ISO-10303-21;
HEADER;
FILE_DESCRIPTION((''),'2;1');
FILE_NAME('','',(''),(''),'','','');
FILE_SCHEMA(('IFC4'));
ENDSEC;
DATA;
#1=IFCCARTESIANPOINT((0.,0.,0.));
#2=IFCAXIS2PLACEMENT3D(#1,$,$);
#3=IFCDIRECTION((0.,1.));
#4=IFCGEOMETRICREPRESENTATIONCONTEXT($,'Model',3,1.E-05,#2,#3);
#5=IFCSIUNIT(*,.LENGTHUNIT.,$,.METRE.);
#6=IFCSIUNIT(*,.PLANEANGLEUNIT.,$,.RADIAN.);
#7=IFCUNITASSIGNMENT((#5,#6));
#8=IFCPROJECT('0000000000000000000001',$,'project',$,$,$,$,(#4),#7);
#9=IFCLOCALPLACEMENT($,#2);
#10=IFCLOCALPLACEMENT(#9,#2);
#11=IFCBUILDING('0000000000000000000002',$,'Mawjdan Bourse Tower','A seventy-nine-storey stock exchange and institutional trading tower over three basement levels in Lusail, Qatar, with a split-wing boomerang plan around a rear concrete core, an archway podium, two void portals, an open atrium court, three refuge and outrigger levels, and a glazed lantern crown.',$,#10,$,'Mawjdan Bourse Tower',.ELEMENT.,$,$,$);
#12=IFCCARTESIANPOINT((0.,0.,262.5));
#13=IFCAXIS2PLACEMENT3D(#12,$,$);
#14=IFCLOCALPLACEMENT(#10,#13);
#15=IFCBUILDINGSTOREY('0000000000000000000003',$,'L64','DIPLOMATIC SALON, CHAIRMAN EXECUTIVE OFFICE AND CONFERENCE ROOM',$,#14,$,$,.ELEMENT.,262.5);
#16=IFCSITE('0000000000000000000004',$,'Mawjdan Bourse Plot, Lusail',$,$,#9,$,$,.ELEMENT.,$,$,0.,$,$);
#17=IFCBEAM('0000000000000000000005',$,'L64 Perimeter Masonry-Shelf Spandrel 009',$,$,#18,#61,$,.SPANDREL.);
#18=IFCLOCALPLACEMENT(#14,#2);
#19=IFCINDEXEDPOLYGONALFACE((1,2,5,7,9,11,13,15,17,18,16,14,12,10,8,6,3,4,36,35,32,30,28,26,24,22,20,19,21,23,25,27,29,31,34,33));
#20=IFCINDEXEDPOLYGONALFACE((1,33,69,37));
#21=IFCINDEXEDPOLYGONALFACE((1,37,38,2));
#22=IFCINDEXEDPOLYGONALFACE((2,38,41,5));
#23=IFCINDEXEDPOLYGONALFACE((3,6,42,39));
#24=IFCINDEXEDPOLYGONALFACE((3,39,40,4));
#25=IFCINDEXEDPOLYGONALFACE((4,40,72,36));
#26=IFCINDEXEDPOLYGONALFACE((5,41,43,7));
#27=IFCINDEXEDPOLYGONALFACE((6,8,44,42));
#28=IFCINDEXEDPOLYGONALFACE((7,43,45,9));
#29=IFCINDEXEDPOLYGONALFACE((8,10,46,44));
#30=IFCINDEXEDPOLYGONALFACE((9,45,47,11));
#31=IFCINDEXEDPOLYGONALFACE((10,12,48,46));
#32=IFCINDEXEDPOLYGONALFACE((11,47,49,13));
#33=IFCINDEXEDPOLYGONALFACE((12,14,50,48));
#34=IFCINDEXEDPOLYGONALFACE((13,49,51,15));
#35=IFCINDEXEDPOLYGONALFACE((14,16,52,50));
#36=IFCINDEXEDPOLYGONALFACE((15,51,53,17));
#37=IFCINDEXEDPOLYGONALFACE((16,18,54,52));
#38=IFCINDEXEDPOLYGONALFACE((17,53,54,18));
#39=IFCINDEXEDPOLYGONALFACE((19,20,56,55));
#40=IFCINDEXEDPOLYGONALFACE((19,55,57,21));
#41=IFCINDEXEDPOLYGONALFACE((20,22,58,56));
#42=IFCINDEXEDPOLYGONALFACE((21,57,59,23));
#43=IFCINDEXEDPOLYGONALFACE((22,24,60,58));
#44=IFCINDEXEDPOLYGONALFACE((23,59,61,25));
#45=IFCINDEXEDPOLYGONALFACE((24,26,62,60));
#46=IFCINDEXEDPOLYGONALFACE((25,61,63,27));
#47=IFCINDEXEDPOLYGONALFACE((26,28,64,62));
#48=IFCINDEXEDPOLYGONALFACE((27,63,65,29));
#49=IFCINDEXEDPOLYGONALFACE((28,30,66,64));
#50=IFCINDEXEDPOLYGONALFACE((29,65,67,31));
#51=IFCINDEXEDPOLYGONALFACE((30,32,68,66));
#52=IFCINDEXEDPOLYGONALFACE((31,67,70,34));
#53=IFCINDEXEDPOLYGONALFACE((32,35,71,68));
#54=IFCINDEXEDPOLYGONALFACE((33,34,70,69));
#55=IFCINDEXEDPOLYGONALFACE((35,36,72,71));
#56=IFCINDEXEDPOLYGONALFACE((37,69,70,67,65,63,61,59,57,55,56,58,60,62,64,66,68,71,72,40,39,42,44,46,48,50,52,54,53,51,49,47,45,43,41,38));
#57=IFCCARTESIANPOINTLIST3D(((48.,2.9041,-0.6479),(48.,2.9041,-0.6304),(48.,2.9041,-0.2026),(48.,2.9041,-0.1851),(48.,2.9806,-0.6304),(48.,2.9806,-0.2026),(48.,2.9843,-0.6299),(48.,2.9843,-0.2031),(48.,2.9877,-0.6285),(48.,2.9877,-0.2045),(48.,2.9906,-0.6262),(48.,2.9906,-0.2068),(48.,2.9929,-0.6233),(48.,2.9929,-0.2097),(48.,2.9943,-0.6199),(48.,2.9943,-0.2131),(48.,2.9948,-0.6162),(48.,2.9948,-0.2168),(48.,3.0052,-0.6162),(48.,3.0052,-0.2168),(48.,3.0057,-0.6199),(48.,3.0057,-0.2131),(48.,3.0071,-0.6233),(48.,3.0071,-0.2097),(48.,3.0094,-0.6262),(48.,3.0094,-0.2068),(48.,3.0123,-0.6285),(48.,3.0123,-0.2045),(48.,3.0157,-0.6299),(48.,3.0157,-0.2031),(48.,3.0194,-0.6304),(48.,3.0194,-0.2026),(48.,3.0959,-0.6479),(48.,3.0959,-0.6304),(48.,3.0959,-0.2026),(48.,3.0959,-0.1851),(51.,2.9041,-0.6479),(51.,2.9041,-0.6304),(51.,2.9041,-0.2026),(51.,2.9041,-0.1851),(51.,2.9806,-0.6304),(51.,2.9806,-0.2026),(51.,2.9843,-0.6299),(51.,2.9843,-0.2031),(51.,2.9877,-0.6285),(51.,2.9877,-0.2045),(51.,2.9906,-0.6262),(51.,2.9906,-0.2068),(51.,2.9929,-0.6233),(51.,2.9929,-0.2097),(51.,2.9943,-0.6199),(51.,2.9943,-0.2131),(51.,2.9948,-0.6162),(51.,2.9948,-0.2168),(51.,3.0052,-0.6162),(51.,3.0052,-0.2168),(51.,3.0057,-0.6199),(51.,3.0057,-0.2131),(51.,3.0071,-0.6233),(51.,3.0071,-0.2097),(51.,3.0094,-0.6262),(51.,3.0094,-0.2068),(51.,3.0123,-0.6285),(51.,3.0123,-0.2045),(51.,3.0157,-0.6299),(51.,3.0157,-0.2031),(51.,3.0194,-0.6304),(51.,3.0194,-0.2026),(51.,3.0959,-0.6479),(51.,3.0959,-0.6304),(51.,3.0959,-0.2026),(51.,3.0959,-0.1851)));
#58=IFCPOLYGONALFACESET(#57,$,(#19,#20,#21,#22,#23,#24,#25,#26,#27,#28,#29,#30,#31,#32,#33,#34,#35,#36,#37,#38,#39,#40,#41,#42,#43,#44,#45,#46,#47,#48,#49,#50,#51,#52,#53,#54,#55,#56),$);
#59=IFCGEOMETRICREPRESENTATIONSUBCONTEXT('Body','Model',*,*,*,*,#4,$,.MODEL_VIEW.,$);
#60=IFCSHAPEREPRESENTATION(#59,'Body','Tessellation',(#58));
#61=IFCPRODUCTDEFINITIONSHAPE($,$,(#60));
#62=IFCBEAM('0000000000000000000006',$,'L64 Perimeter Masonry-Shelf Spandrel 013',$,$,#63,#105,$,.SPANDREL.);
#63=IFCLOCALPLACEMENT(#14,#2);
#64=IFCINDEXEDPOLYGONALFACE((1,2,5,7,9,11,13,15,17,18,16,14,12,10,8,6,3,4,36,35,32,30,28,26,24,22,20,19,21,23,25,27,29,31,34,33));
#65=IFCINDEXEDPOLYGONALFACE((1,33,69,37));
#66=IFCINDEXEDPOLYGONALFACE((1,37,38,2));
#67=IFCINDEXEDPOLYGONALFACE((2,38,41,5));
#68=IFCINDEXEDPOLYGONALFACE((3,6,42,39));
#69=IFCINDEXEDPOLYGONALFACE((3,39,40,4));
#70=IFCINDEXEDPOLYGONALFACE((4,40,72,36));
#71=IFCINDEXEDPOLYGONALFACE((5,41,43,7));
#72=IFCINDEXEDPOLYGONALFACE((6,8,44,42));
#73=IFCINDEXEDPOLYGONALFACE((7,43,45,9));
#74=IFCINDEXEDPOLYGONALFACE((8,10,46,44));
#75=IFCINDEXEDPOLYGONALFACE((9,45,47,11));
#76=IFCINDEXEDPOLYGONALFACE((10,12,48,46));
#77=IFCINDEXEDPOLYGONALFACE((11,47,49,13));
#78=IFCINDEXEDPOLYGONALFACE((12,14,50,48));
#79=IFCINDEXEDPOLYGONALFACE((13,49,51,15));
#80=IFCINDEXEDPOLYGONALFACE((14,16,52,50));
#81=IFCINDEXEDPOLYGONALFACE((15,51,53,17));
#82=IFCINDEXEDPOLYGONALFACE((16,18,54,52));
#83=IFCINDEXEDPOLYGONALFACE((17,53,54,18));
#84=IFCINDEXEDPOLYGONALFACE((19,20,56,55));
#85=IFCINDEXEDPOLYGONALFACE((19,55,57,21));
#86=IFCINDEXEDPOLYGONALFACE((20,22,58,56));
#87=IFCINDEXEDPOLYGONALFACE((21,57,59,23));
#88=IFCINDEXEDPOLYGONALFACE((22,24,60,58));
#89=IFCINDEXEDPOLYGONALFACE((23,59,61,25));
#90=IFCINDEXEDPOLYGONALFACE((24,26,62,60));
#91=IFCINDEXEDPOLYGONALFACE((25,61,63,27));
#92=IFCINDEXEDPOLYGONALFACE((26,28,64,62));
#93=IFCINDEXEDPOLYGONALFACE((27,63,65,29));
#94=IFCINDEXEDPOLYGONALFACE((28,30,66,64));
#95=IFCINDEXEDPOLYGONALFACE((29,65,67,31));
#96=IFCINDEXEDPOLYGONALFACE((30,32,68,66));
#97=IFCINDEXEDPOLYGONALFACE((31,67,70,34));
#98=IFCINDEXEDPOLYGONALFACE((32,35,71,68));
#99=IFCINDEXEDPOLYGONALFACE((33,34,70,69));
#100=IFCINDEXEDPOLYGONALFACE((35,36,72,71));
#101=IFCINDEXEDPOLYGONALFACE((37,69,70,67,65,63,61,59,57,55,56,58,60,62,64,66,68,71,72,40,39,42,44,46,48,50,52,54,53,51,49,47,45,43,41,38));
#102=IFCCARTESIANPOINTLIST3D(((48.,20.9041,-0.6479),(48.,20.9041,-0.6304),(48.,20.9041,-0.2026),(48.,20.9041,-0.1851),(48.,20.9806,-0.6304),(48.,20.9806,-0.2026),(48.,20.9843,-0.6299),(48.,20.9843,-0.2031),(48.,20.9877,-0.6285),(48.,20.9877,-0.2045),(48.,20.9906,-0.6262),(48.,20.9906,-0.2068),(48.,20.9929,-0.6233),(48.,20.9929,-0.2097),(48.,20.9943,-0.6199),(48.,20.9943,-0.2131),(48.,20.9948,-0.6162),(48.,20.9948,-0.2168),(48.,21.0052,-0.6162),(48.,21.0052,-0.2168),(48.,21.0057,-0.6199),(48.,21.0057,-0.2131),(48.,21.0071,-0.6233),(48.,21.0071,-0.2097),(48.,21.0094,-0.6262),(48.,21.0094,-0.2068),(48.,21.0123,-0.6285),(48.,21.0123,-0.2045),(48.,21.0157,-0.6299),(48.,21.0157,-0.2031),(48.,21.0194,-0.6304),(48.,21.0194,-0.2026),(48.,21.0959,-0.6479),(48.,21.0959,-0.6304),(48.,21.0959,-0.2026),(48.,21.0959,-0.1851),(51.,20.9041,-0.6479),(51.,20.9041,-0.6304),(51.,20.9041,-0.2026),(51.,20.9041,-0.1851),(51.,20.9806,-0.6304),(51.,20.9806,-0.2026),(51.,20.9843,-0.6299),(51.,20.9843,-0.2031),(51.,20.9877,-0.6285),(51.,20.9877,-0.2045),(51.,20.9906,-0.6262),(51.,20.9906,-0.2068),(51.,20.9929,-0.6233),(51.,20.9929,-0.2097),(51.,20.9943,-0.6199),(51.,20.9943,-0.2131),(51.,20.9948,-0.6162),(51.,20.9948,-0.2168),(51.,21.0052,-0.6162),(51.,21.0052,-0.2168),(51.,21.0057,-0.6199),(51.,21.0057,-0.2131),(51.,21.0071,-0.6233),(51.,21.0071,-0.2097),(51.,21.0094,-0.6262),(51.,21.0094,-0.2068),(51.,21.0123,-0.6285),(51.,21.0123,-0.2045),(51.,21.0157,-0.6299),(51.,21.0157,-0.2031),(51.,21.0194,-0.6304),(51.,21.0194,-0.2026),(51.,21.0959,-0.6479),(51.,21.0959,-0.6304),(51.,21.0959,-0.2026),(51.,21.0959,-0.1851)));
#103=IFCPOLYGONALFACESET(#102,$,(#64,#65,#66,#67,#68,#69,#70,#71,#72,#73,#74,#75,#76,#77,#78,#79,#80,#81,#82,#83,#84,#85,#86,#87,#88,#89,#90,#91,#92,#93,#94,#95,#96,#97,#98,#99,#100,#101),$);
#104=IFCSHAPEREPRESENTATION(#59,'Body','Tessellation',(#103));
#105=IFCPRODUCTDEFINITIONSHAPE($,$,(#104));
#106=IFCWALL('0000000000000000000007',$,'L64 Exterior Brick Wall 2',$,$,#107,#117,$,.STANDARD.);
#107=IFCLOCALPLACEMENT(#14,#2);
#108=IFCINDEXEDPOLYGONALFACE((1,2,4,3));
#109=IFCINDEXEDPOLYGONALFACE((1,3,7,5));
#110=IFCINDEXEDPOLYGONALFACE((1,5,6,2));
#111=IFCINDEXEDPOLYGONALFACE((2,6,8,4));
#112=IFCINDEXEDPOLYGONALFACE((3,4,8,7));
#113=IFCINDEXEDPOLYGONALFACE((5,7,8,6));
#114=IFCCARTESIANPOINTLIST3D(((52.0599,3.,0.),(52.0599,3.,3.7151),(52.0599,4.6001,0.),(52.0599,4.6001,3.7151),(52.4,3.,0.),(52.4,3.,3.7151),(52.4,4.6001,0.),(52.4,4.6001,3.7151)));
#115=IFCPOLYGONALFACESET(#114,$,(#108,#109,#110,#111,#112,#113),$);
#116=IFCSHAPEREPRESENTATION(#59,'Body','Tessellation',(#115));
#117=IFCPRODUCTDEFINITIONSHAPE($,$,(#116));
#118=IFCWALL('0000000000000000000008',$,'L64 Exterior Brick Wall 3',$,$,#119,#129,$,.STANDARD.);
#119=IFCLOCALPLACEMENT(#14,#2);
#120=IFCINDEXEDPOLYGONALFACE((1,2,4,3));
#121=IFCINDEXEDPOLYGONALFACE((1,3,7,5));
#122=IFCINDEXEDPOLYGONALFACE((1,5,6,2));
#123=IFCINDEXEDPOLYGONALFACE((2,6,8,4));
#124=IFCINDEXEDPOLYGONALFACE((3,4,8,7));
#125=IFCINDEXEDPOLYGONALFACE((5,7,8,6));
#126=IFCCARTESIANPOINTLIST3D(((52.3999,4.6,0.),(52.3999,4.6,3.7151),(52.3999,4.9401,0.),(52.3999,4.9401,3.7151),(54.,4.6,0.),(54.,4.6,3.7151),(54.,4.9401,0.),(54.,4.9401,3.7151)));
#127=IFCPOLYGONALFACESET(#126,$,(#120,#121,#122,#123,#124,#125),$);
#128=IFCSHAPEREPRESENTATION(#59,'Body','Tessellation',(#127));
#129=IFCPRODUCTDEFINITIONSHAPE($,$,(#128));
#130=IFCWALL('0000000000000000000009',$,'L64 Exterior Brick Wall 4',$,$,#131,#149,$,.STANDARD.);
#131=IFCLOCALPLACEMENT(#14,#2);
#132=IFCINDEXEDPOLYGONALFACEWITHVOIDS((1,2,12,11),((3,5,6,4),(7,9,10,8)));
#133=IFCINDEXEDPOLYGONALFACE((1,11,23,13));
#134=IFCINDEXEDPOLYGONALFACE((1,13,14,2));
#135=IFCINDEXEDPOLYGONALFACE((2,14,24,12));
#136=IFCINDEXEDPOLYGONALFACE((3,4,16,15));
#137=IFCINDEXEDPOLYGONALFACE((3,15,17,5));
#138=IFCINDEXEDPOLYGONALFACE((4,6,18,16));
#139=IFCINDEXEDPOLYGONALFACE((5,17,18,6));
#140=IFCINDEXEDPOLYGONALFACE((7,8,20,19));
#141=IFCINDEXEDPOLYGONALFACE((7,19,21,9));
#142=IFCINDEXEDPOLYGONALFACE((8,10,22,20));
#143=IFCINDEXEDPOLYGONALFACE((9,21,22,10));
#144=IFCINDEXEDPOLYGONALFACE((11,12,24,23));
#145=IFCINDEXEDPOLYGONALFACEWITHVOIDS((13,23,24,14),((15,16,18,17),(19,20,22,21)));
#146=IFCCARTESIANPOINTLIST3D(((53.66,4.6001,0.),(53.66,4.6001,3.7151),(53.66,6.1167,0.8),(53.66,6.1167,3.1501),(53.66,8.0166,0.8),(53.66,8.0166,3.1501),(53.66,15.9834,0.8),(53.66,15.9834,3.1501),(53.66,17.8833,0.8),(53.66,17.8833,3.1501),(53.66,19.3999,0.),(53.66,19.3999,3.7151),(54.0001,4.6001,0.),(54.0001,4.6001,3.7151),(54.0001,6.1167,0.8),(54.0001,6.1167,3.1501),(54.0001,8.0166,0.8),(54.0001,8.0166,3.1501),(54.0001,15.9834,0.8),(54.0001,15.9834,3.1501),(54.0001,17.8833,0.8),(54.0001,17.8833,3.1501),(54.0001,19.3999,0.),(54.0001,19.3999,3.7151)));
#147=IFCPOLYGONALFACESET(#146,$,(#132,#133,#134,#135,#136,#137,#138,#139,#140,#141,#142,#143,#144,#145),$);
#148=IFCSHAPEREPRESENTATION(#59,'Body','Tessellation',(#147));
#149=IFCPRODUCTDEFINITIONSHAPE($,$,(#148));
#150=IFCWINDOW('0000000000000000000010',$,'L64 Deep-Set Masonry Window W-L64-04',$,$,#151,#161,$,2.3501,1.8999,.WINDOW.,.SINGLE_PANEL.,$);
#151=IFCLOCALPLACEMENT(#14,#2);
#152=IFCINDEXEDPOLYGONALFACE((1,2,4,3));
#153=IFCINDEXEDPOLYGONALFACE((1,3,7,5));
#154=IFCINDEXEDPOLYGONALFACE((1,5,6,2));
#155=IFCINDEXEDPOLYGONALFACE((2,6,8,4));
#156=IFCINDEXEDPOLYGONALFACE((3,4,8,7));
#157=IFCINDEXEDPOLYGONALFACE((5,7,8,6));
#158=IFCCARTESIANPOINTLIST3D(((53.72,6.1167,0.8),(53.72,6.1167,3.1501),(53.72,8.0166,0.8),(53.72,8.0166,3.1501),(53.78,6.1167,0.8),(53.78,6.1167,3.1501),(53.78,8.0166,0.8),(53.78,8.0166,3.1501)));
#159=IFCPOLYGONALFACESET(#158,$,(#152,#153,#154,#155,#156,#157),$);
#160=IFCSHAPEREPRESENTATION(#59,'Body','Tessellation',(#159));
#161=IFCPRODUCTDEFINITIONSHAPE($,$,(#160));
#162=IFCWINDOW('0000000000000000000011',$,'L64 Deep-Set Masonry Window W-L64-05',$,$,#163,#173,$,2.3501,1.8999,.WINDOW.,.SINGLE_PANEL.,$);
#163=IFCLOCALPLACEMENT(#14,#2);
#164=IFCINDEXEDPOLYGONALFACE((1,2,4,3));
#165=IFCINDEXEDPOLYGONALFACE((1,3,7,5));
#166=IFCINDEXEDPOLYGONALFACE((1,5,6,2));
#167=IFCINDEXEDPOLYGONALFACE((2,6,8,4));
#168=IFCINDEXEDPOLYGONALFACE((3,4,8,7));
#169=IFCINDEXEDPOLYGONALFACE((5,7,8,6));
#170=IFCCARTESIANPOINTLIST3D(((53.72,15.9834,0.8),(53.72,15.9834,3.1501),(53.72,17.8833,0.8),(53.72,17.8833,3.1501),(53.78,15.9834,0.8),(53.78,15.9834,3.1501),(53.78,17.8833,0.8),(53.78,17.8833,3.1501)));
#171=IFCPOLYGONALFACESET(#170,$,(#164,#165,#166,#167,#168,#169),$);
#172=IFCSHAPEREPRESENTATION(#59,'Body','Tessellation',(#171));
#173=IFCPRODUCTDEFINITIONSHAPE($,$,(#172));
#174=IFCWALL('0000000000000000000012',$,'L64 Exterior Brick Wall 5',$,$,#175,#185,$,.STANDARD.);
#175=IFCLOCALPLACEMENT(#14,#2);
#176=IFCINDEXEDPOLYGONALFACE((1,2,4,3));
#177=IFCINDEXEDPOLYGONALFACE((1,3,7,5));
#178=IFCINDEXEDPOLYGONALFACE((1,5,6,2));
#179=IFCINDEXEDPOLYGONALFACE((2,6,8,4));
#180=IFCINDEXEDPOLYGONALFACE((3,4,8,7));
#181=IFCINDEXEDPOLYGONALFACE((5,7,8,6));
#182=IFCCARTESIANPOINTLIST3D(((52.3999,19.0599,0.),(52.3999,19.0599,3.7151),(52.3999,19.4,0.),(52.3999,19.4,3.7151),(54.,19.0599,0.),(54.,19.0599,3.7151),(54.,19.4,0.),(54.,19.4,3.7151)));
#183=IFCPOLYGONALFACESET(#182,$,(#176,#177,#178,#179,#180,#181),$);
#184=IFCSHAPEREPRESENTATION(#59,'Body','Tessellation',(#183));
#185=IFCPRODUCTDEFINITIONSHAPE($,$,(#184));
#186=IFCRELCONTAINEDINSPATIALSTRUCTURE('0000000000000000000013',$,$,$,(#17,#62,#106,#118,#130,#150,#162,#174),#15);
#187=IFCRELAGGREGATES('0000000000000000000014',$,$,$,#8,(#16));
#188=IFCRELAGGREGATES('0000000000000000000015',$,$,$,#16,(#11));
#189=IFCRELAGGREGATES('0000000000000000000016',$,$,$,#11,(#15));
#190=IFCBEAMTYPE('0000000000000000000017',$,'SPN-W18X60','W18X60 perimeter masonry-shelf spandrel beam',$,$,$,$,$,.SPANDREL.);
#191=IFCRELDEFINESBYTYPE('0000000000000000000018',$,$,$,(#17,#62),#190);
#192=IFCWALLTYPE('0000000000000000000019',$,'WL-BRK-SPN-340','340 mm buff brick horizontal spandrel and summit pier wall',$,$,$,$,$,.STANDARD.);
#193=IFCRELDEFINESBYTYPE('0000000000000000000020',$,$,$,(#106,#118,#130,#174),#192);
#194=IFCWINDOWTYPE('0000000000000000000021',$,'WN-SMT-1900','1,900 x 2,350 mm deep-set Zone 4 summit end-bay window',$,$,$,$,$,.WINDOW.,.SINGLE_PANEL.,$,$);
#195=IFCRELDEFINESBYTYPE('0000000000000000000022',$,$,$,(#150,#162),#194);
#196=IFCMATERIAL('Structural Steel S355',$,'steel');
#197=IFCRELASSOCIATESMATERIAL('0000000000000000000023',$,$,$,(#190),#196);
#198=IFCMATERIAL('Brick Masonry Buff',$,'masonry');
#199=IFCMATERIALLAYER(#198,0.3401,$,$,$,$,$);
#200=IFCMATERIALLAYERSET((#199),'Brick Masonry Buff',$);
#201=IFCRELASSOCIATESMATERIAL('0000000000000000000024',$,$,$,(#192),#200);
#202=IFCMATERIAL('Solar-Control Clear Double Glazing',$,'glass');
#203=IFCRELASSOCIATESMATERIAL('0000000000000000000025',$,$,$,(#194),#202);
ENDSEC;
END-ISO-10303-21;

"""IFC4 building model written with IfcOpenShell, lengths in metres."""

from ifc_helpers import new_model, si_unit, direction, frame, frame_2d, origin, origin_2d, place, context, subcontext, project, spatial, rectangle, i_section, extrude, material, layer, layer_set, material_profile, profile_set, type_object, element, fill, save


model = new_model("IFC4")

# Units and contexts
model_context = context("Model", 3, precision=1e-05, world=origin(), true_north=direction((0.0, 1.0)))
body_context = subcontext(model_context, "Body", "Model", "MODEL_VIEW")
ifc_project = project(units=[si_unit("LENGTHUNIT", "METRE"), si_unit("PLANEANGLEUNIT", "RADIAN")], contexts=[model_context])

# Site, building, storey
site_placement = place(None, origin())
site = spatial("IfcSite", under=ifc_project, at=site_placement, Name="Mawjdan Bourse Plot, Lusail", CompositionType="ELEMENT", RefElevation=0.0)
building_placement = place(site_placement, origin())
building = spatial("IfcBuilding", under=site, at=building_placement, Name="Mawjdan Bourse Tower", Description="A seventy-nine-storey stock exchange and institutional trading tower over three basement levels in Lusail, Qatar, with a split-wing boomerang plan around a rear concrete core, an archway podium, two void portals, an open atrium court, three refuge and outrigger levels, and a glazed lantern crown.", LongName="Mawjdan Bourse Tower", CompositionType="ELEMENT")
storey_placement = place(building_placement, frame((0.0, 0.0, 262.5)))
storey = spatial("IfcBuildingStorey", under=building, at=storey_placement, Name="L64", Description="DIPLOMATIC SALON, CHAIRMAN EXECUTIVE OFFICE AND CONFERENCE ROOM", CompositionType="ELEMENT", Elevation=262.5)

# Beams
ifc_material_1 = material(Name="Structural Steel S355", Category="steel")
ifc_material_profile_1 = material_profile(ifc_material_1, i_section(OverallWidth=0.1919, OverallDepth=0.4629, WebThickness=0.0105, FlangeThickness=0.0176, FilletRadius=0.0142, at=origin_2d()), Name="W18X60")
ifc_profile_set_1 = profile_set([ifc_material_profile_1], Name="Structural Steel S355")
beam_type_1 = type_object("IfcBeamType", Name="SPN-W18X60", Description="W18X60 perimeter masonry-shelf spandrel beam", PredefinedType="SPANDREL", material=ifc_profile_set_1)
for number, where, z_axis, x_axis, name in (
    (1, (48.0, 3.0, -0.4165), (1.0, 0.0, 0.0), (0.0, 1.0, 0.0), "L64 Perimeter Masonry-Shelf Spandrel 009"),
    (2, (48.0, 21.0, -0.4165), (1.0, 0.0, 0.0), (0.0, 1.0, 0.0), "L64 Perimeter Masonry-Shelf Spandrel 013"),
):
    element("IfcBeam", number, at=place(storey_placement, frame(where, z_axis=z_axis, x_axis=x_axis)), inside=storey, type_object=beam_type_1, Name=name, PredefinedType="SPANDREL", context=body_context, shape_type="SweptSolid", body=[
        extrude(i_section(OverallWidth=0.1919, OverallDepth=0.4629, WebThickness=0.0105, FlangeThickness=0.0176, FilletRadius=0.0142, at=origin_2d()), origin(), (0.0, 0.0, 1.0), 3.0),
    ])

# Walls
ifc_material_2 = material(Name="Brick Masonry Buff", Category="masonry")
ifc_layer = layer(ifc_material_2, 0.3401)
ifc_layer_set = layer_set([ifc_layer], Name="Brick Masonry Buff")
wall_type = type_object("IfcWallType", Name="WL-BRK-SPN-340", Description="340 mm buff brick horizontal spandrel and summit pier wall", PredefinedType="STANDARD", material=ifc_layer_set)
for number, where, z_axis, x_axis, name in (
    (3, (52.23, 3.0, 0.0), (0.0, 0.0, 1.0), (0.0, 1.0, 0.0), "L64 Exterior Brick Wall 2"),
    (4, (52.3999, 4.77, 0.0), (0.0, 0.0, 1.0), (1.0, 0.0, 0.0), "L64 Exterior Brick Wall 3"),
):
    element("IfcWall", number, at=place(storey_placement, frame(where, z_axis=z_axis, x_axis=x_axis)), inside=storey, type_object=wall_type, Name=name, PredefinedType="STANDARD", context=body_context, shape_type="SweptSolid", body=[
        extrude(rectangle(XDim=1.6001, YDim=0.3401, at=frame_2d((0.8, 0.0))), origin(), (0.0, 0.0, 1.0), 3.7151),
    ])

# Wall, openings, windows
wall_1_placement = place(storey_placement, frame((53.8301, 4.6001, 0.0), z_axis=(0.0, 0.0, 1.0), x_axis=(0.0, 1.0, 0.0)))
wall_1 = element("IfcWall", 5, at=wall_1_placement, inside=storey, type_object=wall_type, Name="L64 Exterior Brick Wall 4", PredefinedType="STANDARD", context=body_context, shape_type="SweptSolid", body=[
    extrude(rectangle(XDim=14.7998, YDim=0.3401, at=frame_2d((7.3999, 0.0))), origin(), (0.0, 0.0, 1.0), 3.7151),
])
opening_1_placement = place(wall_1_placement, frame((1.5166, 0.0, 0.8)))
opening_1 = element("IfcOpeningElement", 6, at=opening_1_placement, cuts=wall_1, PredefinedType="OPENING", context=body_context, shape_type="SweptSolid", body=[
    extrude(rectangle(XDim=1.8999, YDim=2.3501, at=frame_2d((0.95, 1.175))), frame((0.0, 0.1802, 0.0), z_axis=(0.0, -1.0, 0.0), x_axis=(1.0, 0.0, 0.0)), (0.0, 0.0, 1.0), 0.3601),
])
opening_2_placement = place(wall_1_placement, frame((11.3833, 0.0, 0.8)))
opening_2 = element("IfcOpeningElement", 7, at=opening_2_placement, cuts=wall_1, PredefinedType="OPENING", context=body_context, shape_type="SweptSolid", body=[
    extrude(rectangle(XDim=1.8999, YDim=2.3501, at=frame_2d((0.95, 1.175))), frame((0.0, 0.1802, 0.0), z_axis=(0.0, -1.0, 0.0), x_axis=(1.0, 0.0, 0.0)), (0.0, 0.0, 1.0), 0.3601),
])
ifc_material_3 = material(Name="Solar-Control Clear Double Glazing", Category="glass")
window_type_1 = type_object("IfcWindowType", Name="WN-SMT-1900", Description="1,900 x 2,350 mm deep-set Zone 4 summit end-bay window", PartitioningType="SINGLE_PANEL", PredefinedType="WINDOW", material=ifc_material_3)
window_1_placement = place(opening_1_placement, origin())
window_1 = element("IfcWindow", 8, at=window_1_placement, inside=storey, type_object=window_type_1, Name="L64 Deep-Set Masonry Window W-L64-04", OverallHeight=2.3501, OverallWidth=1.8999, PartitioningType="SINGLE_PANEL", PredefinedType="WINDOW", context=body_context, shape_type="SweptSolid", body=[
    extrude(rectangle(XDim=1.8999, YDim=2.3501, at=frame_2d((0.95, 1.175))), frame((0.0, 0.1101, 0.0), z_axis=(0.0, -1.0, 0.0), x_axis=(1.0, 0.0, 0.0)), (0.0, 0.0, 1.0), 0.0601),
])
fill(opening_1, window_1)
window_2_placement = place(opening_2_placement, origin())
window_2 = element("IfcWindow", 9, at=window_2_placement, inside=storey, type_object=window_type_1, Name="L64 Deep-Set Masonry Window W-L64-05", OverallHeight=2.3501, OverallWidth=1.8999, PartitioningType="SINGLE_PANEL", PredefinedType="WINDOW", context=body_context, shape_type="SweptSolid", body=[
    extrude(rectangle(XDim=1.8999, YDim=2.3501, at=frame_2d((0.95, 1.175))), frame((0.0, 0.1101, 0.0), z_axis=(0.0, -1.0, 0.0), x_axis=(1.0, 0.0, 0.0)), (0.0, 0.0, 1.0), 0.0601),
])
fill(opening_2, window_2)

# Wall
for number, where, z_axis, x_axis, name in (
    (10, (54.0, 19.23, 0.0), (0.0, 0.0, 1.0), (-1.0, 0.0, 0.0), "L64 Exterior Brick Wall 5"),
):
    element("IfcWall", number, at=place(storey_placement, frame(where, z_axis=z_axis, x_axis=x_axis)), inside=storey, type_object=wall_type, Name=name, PredefinedType="STANDARD", context=body_context, shape_type="SweptSolid", body=[
        extrude(rectangle(XDim=1.6001, YDim=0.3401, at=frame_2d((0.8, 0.0))), origin(), (0.0, 0.0, 1.0), 3.7151),
    ])

save(model, "model.ifc")
